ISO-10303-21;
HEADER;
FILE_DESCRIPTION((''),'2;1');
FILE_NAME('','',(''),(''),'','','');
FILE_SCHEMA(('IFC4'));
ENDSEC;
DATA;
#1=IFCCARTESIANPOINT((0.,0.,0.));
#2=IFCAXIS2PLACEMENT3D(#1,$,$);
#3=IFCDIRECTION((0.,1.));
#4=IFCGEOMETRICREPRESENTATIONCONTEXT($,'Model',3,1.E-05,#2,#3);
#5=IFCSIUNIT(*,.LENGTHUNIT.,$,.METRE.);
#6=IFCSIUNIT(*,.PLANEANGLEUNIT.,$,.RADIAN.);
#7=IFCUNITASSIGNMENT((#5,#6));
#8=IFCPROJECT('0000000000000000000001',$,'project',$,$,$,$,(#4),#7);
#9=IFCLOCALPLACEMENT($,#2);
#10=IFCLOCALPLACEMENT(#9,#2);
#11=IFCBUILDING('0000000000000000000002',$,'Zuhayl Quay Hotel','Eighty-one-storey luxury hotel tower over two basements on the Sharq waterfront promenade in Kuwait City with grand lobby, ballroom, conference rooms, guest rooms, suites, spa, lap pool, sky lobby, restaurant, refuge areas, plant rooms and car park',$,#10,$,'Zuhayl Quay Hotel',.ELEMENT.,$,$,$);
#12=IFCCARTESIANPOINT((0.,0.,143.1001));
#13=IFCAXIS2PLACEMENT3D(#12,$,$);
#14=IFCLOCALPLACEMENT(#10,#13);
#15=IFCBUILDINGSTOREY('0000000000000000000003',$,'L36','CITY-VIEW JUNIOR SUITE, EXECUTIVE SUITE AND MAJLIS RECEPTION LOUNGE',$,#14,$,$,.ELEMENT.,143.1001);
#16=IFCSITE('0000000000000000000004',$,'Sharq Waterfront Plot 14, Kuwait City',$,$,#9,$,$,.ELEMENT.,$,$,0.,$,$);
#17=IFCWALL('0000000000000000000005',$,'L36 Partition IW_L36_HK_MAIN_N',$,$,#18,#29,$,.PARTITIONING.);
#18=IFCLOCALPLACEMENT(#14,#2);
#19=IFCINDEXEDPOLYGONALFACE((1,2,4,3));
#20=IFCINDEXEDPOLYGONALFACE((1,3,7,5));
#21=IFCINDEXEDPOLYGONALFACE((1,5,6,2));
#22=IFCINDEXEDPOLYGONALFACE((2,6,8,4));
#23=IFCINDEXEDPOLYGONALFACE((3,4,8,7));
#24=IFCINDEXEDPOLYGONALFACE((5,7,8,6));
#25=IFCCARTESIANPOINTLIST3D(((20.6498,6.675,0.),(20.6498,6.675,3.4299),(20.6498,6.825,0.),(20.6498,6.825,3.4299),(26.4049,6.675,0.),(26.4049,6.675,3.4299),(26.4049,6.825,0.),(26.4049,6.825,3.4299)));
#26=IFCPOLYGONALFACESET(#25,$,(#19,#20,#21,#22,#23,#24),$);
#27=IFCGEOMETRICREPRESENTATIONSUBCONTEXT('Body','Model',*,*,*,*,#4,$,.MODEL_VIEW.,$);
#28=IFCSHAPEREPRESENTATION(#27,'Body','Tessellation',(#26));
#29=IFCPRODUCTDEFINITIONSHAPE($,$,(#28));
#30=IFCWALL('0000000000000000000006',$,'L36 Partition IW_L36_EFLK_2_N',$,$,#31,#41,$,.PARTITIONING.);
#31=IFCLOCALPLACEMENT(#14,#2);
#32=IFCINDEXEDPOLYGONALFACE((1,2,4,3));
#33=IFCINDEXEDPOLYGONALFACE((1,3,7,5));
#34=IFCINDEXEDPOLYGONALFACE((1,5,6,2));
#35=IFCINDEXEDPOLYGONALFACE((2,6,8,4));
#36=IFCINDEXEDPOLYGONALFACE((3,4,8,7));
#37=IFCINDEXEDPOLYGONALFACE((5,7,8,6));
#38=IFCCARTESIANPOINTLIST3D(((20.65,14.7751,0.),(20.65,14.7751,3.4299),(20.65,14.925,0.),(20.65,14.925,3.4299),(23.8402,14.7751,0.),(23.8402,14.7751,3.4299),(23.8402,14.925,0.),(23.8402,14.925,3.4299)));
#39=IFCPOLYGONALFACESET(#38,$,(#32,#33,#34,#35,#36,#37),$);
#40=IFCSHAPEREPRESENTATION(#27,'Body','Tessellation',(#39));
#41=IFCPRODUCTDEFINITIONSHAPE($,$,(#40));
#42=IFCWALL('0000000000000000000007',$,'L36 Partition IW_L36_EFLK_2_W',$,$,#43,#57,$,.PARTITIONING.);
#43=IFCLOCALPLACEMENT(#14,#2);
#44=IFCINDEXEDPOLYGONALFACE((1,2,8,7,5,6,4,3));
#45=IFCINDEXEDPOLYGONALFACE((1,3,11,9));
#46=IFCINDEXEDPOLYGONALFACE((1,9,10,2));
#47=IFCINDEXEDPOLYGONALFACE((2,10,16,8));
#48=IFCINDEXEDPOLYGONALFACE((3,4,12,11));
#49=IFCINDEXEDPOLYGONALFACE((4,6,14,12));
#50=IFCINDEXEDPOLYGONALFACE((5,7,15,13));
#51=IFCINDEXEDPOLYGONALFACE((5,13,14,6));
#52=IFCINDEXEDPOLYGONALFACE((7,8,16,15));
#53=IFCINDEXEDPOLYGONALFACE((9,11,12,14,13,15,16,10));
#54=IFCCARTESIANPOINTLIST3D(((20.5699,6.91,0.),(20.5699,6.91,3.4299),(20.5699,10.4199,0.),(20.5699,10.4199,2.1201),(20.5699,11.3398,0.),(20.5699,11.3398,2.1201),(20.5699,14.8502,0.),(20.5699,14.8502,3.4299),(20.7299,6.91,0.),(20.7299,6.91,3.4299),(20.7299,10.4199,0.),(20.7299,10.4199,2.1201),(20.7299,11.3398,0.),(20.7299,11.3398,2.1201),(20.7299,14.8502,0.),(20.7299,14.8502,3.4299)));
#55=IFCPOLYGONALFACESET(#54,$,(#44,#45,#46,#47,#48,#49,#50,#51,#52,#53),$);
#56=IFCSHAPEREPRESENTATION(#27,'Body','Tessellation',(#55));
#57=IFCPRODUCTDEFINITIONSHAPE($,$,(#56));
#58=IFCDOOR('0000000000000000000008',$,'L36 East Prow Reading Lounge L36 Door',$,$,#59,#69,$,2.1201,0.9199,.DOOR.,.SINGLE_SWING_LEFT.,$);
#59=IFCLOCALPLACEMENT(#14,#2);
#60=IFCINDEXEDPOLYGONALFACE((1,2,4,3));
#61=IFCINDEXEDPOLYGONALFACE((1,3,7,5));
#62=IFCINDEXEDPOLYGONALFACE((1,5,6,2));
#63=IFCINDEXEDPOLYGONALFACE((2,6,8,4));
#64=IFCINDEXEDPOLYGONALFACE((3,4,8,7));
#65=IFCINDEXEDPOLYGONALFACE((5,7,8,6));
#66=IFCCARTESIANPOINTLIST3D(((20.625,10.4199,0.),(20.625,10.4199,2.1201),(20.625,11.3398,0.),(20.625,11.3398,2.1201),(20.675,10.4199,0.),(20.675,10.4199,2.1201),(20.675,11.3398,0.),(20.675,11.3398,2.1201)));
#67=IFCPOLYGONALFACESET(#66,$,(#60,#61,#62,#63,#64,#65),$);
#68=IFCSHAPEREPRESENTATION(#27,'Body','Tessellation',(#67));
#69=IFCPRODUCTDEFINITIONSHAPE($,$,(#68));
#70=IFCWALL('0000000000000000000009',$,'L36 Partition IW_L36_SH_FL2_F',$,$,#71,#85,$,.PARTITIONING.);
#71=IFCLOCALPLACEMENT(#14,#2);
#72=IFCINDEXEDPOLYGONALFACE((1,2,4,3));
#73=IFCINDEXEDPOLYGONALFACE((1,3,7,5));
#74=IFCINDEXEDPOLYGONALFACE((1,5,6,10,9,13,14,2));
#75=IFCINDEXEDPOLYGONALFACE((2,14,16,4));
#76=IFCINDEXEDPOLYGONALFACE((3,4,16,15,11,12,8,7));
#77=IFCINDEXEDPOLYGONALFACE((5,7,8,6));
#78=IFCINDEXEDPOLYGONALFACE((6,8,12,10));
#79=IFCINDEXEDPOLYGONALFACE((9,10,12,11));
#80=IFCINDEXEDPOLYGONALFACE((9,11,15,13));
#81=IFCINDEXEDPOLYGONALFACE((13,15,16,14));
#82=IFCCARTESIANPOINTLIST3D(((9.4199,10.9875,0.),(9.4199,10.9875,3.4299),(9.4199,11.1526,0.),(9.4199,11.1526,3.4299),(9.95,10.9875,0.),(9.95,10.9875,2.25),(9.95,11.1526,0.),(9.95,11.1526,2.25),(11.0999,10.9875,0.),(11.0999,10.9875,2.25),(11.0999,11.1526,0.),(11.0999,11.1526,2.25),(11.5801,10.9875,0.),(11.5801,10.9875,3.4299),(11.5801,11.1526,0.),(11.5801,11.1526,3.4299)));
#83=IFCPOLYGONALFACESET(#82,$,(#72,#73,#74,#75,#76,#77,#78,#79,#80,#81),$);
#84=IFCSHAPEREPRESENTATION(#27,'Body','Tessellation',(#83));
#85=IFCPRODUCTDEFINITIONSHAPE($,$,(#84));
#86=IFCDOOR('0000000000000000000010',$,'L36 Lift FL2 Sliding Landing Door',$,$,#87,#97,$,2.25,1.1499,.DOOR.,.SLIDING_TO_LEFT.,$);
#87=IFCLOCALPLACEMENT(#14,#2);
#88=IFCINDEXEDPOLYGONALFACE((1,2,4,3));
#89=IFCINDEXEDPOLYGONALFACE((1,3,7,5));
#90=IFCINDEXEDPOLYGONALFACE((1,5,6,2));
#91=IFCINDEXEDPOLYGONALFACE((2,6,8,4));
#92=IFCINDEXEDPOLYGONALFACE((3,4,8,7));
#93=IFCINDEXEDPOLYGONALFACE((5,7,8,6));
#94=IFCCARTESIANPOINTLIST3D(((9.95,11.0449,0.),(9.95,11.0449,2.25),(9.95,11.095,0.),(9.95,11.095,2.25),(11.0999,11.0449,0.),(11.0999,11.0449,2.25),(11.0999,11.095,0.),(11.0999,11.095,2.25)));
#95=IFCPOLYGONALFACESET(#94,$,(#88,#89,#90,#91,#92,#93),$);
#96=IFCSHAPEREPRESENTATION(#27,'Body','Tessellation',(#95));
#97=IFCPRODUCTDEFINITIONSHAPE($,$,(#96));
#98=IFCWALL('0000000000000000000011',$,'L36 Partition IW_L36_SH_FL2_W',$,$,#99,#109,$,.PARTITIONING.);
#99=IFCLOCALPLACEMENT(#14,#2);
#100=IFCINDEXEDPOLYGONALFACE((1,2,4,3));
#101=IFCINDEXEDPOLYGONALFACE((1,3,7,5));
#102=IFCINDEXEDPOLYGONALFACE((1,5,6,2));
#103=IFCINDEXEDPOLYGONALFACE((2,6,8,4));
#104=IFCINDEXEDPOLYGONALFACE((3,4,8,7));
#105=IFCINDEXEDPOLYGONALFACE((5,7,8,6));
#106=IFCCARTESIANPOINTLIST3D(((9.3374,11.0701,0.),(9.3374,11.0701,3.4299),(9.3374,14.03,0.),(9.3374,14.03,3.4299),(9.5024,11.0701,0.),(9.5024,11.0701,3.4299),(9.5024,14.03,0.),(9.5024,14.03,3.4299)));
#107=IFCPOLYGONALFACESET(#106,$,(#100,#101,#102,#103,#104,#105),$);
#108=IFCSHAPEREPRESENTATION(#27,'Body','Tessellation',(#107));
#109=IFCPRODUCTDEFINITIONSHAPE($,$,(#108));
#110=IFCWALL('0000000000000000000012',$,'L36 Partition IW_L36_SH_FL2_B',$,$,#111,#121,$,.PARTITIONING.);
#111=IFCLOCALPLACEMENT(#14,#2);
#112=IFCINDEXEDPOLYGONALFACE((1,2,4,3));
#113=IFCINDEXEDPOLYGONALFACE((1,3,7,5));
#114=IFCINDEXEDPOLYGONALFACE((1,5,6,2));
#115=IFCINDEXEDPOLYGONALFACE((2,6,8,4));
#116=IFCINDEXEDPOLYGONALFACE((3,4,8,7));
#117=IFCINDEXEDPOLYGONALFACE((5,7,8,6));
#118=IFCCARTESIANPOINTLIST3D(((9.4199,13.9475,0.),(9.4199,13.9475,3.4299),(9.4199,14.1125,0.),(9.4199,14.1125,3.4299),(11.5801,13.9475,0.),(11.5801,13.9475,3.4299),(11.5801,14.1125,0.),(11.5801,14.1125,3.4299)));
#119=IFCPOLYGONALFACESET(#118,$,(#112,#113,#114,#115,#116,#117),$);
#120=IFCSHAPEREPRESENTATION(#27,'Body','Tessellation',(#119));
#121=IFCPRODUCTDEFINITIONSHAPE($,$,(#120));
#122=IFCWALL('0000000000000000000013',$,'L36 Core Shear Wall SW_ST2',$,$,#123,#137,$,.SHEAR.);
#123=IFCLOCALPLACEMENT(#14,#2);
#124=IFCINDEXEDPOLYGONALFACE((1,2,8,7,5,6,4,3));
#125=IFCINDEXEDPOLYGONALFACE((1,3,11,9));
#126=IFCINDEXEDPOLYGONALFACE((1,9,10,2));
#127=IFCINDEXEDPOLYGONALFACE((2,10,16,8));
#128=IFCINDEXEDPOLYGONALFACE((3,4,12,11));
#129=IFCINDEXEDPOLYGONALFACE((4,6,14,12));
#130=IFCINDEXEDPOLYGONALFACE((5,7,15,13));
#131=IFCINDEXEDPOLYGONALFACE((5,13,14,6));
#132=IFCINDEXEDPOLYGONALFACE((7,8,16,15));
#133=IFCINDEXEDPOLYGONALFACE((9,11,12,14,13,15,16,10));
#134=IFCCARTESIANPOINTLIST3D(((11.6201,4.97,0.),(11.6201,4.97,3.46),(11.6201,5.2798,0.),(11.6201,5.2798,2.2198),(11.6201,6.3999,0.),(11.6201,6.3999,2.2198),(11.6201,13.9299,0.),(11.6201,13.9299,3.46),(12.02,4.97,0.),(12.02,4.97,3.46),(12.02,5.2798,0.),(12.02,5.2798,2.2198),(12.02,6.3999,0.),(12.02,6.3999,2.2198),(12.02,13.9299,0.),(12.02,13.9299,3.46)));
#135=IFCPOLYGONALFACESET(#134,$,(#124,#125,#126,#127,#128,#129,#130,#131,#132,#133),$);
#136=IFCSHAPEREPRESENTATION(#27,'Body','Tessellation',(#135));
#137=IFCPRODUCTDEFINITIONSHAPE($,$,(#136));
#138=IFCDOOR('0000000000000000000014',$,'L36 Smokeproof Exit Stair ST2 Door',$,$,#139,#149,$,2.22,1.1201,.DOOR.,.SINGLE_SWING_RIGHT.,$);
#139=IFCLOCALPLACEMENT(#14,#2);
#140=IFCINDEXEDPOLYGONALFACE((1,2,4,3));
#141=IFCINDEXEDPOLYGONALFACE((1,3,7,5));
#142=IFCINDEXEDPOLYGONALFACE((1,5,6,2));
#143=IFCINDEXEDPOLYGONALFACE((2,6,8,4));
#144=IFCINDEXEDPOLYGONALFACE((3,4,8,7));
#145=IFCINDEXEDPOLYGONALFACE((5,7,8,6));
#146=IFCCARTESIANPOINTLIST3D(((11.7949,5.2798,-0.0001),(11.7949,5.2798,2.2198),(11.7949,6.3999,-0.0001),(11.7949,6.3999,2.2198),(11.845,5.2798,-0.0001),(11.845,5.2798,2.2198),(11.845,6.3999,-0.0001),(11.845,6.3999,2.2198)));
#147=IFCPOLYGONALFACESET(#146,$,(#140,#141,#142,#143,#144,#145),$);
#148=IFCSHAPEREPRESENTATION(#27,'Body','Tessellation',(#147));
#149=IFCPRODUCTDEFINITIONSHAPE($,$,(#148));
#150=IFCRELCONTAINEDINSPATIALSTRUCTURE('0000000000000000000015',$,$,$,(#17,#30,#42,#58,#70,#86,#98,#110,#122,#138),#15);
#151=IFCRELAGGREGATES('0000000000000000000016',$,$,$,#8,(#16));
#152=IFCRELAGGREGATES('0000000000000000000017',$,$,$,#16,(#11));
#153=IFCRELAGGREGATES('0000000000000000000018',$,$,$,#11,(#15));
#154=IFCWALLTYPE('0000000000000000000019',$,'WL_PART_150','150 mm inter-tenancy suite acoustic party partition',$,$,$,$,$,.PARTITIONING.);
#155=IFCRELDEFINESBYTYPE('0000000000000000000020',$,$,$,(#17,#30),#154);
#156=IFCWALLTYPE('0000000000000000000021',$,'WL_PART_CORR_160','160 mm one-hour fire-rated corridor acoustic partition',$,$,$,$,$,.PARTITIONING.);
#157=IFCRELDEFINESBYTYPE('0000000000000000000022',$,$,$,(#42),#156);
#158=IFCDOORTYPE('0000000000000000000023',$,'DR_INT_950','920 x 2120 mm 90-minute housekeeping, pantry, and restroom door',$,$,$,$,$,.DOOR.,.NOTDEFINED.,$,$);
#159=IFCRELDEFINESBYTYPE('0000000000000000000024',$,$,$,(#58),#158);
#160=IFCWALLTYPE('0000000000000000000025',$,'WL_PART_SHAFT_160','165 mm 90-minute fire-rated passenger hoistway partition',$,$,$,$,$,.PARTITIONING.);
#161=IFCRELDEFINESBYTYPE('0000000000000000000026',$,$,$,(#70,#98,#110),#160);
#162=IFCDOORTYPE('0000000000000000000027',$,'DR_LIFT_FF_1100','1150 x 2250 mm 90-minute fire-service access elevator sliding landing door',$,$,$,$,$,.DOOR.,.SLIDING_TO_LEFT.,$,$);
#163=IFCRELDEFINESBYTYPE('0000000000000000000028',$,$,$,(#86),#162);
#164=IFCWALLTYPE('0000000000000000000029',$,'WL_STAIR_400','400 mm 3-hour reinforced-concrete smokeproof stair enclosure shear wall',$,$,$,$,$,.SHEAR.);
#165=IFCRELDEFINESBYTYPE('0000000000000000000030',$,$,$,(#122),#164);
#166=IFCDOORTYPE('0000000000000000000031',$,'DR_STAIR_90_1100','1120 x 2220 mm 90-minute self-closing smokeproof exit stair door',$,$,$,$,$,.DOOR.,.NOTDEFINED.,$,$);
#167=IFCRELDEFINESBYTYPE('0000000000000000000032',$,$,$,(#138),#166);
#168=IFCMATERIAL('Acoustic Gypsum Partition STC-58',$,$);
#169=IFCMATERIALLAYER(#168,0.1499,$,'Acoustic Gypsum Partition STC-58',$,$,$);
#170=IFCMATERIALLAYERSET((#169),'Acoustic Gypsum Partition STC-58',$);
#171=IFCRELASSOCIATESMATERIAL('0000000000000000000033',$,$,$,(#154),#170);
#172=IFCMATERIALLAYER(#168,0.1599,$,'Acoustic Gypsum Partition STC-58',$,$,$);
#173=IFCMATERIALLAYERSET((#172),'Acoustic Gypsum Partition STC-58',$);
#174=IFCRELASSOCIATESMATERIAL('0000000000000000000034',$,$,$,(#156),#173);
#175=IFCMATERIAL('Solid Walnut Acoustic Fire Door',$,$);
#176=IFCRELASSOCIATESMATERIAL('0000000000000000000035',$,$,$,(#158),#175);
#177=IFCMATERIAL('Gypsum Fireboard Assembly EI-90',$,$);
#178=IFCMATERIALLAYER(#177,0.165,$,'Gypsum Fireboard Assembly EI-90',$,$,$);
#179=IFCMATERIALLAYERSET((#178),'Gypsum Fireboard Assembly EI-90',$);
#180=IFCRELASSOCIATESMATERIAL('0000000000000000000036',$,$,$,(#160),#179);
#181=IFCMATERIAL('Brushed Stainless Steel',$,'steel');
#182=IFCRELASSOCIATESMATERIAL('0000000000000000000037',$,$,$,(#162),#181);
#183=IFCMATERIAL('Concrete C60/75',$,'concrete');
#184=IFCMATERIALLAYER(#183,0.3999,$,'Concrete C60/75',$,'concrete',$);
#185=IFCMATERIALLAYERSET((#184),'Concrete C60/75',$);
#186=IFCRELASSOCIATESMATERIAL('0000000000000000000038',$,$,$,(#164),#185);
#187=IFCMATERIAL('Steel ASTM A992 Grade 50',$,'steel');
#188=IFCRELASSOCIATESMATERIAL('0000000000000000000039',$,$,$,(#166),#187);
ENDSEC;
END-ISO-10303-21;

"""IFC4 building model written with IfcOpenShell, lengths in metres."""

from ifc_helpers import new_model, si_unit, direction, frame, frame_2d, origin, place, context, subcontext, project, spatial, rectangle, extrude, material, layer, layer_set, type_object, element, fill, save


model = new_model("IFC4")

# Units and contexts
model_context = context("Model", 3, precision=1e-05, world=origin(), true_north=direction((0.0, 1.0)))
body_context = subcontext(model_context, "Body", "Model", "MODEL_VIEW")
ifc_project = project(units=[si_unit("LENGTHUNIT", "METRE"), si_unit("PLANEANGLEUNIT", "RADIAN")], contexts=[model_context])

# Site, building, storey
site_placement = place(None, origin())
site = spatial("IfcSite", under=ifc_project, at=site_placement, Name="Sharq Waterfront Plot 14, Kuwait City", CompositionType="ELEMENT", RefElevation=0.0)
building_placement = place(site_placement, origin())
building = spatial("IfcBuilding", under=site, at=building_placement, Name="Zuhayl Quay Hotel", Description="Eighty-one-storey luxury hotel tower over two basements on the Sharq waterfront promenade in Kuwait City with grand lobby, ballroom, conference rooms, guest rooms, suites, spa, lap pool, sky lobby, restaurant, refuge areas, plant rooms and car park", LongName="Zuhayl Quay Hotel", CompositionType="ELEMENT")
storey_placement = place(building_placement, frame((0.0, 0.0, 143.1001)))
storey = spatial("IfcBuildingStorey", under=building, at=storey_placement, Name="L36", Description="CITY-VIEW JUNIOR SUITE, EXECUTIVE SUITE AND MAJLIS RECEPTION LOUNGE", CompositionType="ELEMENT", Elevation=143.1001)

# Shared definitions
ifc_material_1 = material(Name="Steel ASTM A992 Grade 50", Category="steel")

# Shared definitions
ifc_material_2 = material(Name="Concrete C60/75", Category="concrete")

# Walls
ifc_material_3 = material(Name="Acoustic Gypsum Partition STC-58")
ifc_layer_1 = layer(ifc_material_3, 0.1499, Name="Acoustic Gypsum Partition STC-58")
ifc_layer_set_1 = layer_set([ifc_layer_1], Name="Acoustic Gypsum Partition STC-58")
wall_type_1 = type_object("IfcWallType", Name="WL_PART_150", Description="150 mm inter-tenancy suite acoustic party partition", PredefinedType="PARTITIONING", material=ifc_layer_set_1)
wall_1_placement = place(storey_placement, frame((20.6499, 6.75, 0.0), z_axis=(0.0, 0.0, 1.0), x_axis=(1.0, 0.0, 0.0)))
element("IfcWall", 1, at=wall_1_placement, inside=storey, type_object=wall_type_1, Name="L36 Partition IW_L36_HK_MAIN_N", PredefinedType="PARTITIONING", context=body_context, shape_type="SweptSolid", body=[
    extrude(rectangle(XDim=5.7551, YDim=0.1499, at=frame_2d((2.8774, 0.0))), origin(), (0.0, 0.0, 1.0), 3.4299),
])
wall_2_placement = place(storey_placement, frame((20.6499, 14.8501, 0.0), z_axis=(0.0, 0.0, 1.0), x_axis=(1.0, 0.0, 0.0)))
element("IfcWall", 2, at=wall_2_placement, inside=storey, type_object=wall_type_1, Name="L36 Partition IW_L36_EFLK_2_N", PredefinedType="PARTITIONING", context=body_context, shape_type="SweptSolid", body=[
    extrude(rectangle(XDim=3.1902, YDim=0.1499, at=frame_2d((1.5952, 0.0))), origin(), (0.0, 0.0, 1.0), 3.4299),
])

# Walls, openings, doors
ifc_layer_2 = layer(ifc_material_3, 0.1599, Name="Acoustic Gypsum Partition STC-58")
ifc_layer_set_2 = layer_set([ifc_layer_2], Name="Acoustic Gypsum Partition STC-58")
wall_type_2 = type_object("IfcWallType", Name="WL_PART_CORR_160", Description="160 mm one-hour fire-rated corridor acoustic partition", PredefinedType="PARTITIONING", material=ifc_layer_set_2)
wall_3_placement = place(storey_placement, frame((20.6499, 6.9099, 0.0), z_axis=(0.0, 0.0, 1.0), x_axis=(0.0, 1.0, 0.0)))
wall_3 = element("IfcWall", 3, at=wall_3_placement, inside=storey, type_object=wall_type_2, Name="L36 Partition IW_L36_EFLK_2_W", PredefinedType="PARTITIONING", context=body_context, shape_type="SweptSolid", body=[
    extrude(rectangle(XDim=7.9402, YDim=0.1599, at=frame_2d((3.9702, 0.0))), origin(), (0.0, 0.0, 1.0), 3.4299),
])
opening_1_placement = place(wall_3_placement, frame((3.51, 0.0, 0.0)))
opening_1 = element("IfcOpeningElement", 4, at=opening_1_placement, cuts=wall_3, PredefinedType="OPENING", context=body_context, shape_type="SweptSolid", body=[
    extrude(rectangle(XDim=0.9199, YDim=2.1201, at=frame_2d((0.46, 1.0601))), frame((0.0, 0.0898, 0.0), z_axis=(0.0, -1.0, 0.0), x_axis=(1.0, 0.0, 0.0)), (0.0, 0.0, 1.0), 0.1799),
])
ifc_material_4 = material(Name="Solid Walnut Acoustic Fire Door")
door_type_1 = type_object("IfcDoorType", Name="DR_INT_950", Description="920 x 2120 mm 90-minute housekeeping, pantry, and restroom door", OperationType="NOTDEFINED", PredefinedType="DOOR", material=ifc_material_4)
door_1_placement = place(opening_1_placement, origin())
door_1 = element("IfcDoor", 5, at=door_1_placement, inside=storey, type_object=door_type_1, Name="L36 East Prow Reading Lounge L36 Door", OperationType="SINGLE_SWING_LEFT", OverallHeight=2.1201, OverallWidth=0.9199, PredefinedType="DOOR", context=body_context, shape_type="SweptSolid", body=[
    extrude(rectangle(XDim=0.9199, YDim=2.1201, at=frame_2d((0.46, 1.0601))), frame((0.0, 0.0249, 0.0), z_axis=(0.0, -1.0, 0.0), x_axis=(1.0, 0.0, 0.0)), (0.0, 0.0, 1.0), 0.05),
])
fill(opening_1, door_1)
ifc_material_5 = material(Name="Gypsum Fireboard Assembly EI-90")
ifc_layer_3 = layer(ifc_material_5, 0.165, Name="Gypsum Fireboard Assembly EI-90")
ifc_layer_set_3 = layer_set([ifc_layer_3], Name="Gypsum Fireboard Assembly EI-90")
wall_type_3 = type_object("IfcWallType", Name="WL_PART_SHAFT_160", Description="165 mm 90-minute fire-rated passenger hoistway partition", PredefinedType="PARTITIONING", material=ifc_layer_set_3)
wall_4_placement = place(storey_placement, frame((9.4199, 11.0701, 0.0), z_axis=(0.0, 0.0, 1.0), x_axis=(1.0, 0.0, 0.0)))
wall_4 = element("IfcWall", 6, at=wall_4_placement, inside=storey, type_object=wall_type_3, Name="L36 Partition IW_L36_SH_FL2_F", PredefinedType="PARTITIONING", context=body_context, shape_type="SweptSolid", body=[
    extrude(rectangle(XDim=2.1602, YDim=0.165, at=frame_2d((1.0801, 0.0))), origin(), (0.0, 0.0, 1.0), 3.4299),
])
opening_2_placement = place(wall_4_placement, frame((0.53, 0.0, 0.0)))
opening_2 = element("IfcOpeningElement", 7, at=opening_2_placement, cuts=wall_4, PredefinedType="OPENING", context=body_context, shape_type="SweptSolid", body=[
    extrude(rectangle(XDim=1.1499, YDim=2.25, at=frame_2d((0.575, 1.125))), frame((0.0, 0.0925, 0.0), z_axis=(0.0, -1.0, 0.0), x_axis=(1.0, 0.0, 0.0)), (0.0, 0.0, 1.0), 0.1851),
])
ifc_material_6 = material(Name="Brushed Stainless Steel", Category="steel")
door_type_2 = type_object("IfcDoorType", Name="DR_LIFT_FF_1100", Description="1150 x 2250 mm 90-minute fire-service access elevator sliding landing door", OperationType="SLIDING_TO_LEFT", PredefinedType="DOOR", material=ifc_material_6)
door_2_placement = place(opening_2_placement, origin())
door_2 = element("IfcDoor", 8, at=door_2_placement, inside=storey, type_object=door_type_2, Name="L36 Lift FL2 Sliding Landing Door", OperationType="SLIDING_TO_LEFT", OverallHeight=2.25, OverallWidth=1.1499, PredefinedType="DOOR", context=body_context, shape_type="SweptSolid", body=[
    extrude(rectangle(XDim=1.1499, YDim=2.25, at=frame_2d((0.575, 1.125))), frame((0.0, 0.0249, 0.0), z_axis=(0.0, -1.0, 0.0), x_axis=(1.0, 0.0, 0.0)), (0.0, 0.0, 1.0), 0.05),
])
fill(opening_2, door_2)

# Walls
wall_5_placement = place(storey_placement, frame((9.4199, 11.0701, 0.0), z_axis=(0.0, 0.0, 1.0), x_axis=(0.0, 1.0, 0.0)))
element("IfcWall", 9, at=wall_5_placement, inside=storey, type_object=wall_type_3, Name="L36 Partition IW_L36_SH_FL2_W", PredefinedType="PARTITIONING", context=body_context, shape_type="SweptSolid", body=[
    extrude(rectangle(XDim=2.96, YDim=0.165, at=frame_2d((1.48, 0.0))), origin(), (0.0, 0.0, 1.0), 3.4299),
])
wall_6_placement = place(storey_placement, frame((9.4199, 14.03, 0.0), z_axis=(0.0, 0.0, 1.0), x_axis=(1.0, 0.0, 0.0)))
element("IfcWall", 10, at=wall_6_placement, inside=storey, type_object=wall_type_3, Name="L36 Partition IW_L36_SH_FL2_B", PredefinedType="PARTITIONING", context=body_context, shape_type="SweptSolid", body=[
    extrude(rectangle(XDim=2.1602, YDim=0.165, at=frame_2d((1.0801, 0.0))), origin(), (0.0, 0.0, 1.0), 3.4299),
])

# Wall, opening, door
ifc_layer_4 = layer(ifc_material_2, 0.3999, Name="Concrete C60/75", Category="concrete")
ifc_layer_set_4 = layer_set([ifc_layer_4], Name="Concrete C60/75")
wall_type_4 = type_object("IfcWallType", Name="WL_STAIR_400", Description="400 mm 3-hour reinforced-concrete smokeproof stair enclosure shear wall", PredefinedType="SHEAR", material=ifc_layer_set_4)
wall_7_placement = place(storey_placement, frame((11.8201, 13.9299, 0.0), z_axis=(0.0, 0.0, 1.0), x_axis=(0.0, -1.0, 0.0)))
wall_7 = element("IfcWall", 11, at=wall_7_placement, inside=storey, type_object=wall_type_4, Name="L36 Core Shear Wall SW_ST2", PredefinedType="SHEAR", context=body_context, shape_type="SweptSolid", body=[
    extrude(rectangle(XDim=8.96, YDim=0.3999, at=frame_2d((4.48, 0.0))), origin(), (0.0, 0.0, 1.0), 3.46),
])
opening_3_placement = place(wall_7_placement, frame((7.53, 0.0, 0.0)))
opening_3 = element("IfcOpeningElement", 12, at=opening_3_placement, cuts=wall_7, PredefinedType="OPENING", context=body_context, shape_type="SweptSolid", body=[
    extrude(rectangle(XDim=1.1201, YDim=2.22, at=frame_2d((0.5601, 1.1099))), frame((0.0, 0.21, 0.0), z_axis=(0.0, -1.0, 0.0), x_axis=(1.0, 0.0, 0.0)), (0.0, 0.0, 1.0), 0.4199),
])
door_type_3 = type_object("IfcDoorType", Name="DR_STAIR_90_1100", Description="1120 x 2220 mm 90-minute self-closing smokeproof exit stair door", OperationType="NOTDEFINED", PredefinedType="DOOR", material=ifc_material_1)
door_3_placement = place(opening_3_placement, origin())
door_3 = element("IfcDoor", 13, at=door_3_placement, inside=storey, type_object=door_type_3, Name="L36 Smokeproof Exit Stair ST2 Door", OperationType="SINGLE_SWING_RIGHT", OverallHeight=2.22, OverallWidth=1.1201, PredefinedType="DOOR", context=body_context, shape_type="SweptSolid", body=[
    extrude(rectangle(XDim=1.1201, YDim=2.22, at=frame_2d((0.5601, 1.1099))), frame((0.0, 0.0249, 0.0), z_axis=(0.0, -1.0, 0.0), x_axis=(1.0, 0.0, 0.0)), (0.0, 0.0, 1.0), 0.05),
])
fill(opening_3, door_3)

save(model, "model.ifc")
